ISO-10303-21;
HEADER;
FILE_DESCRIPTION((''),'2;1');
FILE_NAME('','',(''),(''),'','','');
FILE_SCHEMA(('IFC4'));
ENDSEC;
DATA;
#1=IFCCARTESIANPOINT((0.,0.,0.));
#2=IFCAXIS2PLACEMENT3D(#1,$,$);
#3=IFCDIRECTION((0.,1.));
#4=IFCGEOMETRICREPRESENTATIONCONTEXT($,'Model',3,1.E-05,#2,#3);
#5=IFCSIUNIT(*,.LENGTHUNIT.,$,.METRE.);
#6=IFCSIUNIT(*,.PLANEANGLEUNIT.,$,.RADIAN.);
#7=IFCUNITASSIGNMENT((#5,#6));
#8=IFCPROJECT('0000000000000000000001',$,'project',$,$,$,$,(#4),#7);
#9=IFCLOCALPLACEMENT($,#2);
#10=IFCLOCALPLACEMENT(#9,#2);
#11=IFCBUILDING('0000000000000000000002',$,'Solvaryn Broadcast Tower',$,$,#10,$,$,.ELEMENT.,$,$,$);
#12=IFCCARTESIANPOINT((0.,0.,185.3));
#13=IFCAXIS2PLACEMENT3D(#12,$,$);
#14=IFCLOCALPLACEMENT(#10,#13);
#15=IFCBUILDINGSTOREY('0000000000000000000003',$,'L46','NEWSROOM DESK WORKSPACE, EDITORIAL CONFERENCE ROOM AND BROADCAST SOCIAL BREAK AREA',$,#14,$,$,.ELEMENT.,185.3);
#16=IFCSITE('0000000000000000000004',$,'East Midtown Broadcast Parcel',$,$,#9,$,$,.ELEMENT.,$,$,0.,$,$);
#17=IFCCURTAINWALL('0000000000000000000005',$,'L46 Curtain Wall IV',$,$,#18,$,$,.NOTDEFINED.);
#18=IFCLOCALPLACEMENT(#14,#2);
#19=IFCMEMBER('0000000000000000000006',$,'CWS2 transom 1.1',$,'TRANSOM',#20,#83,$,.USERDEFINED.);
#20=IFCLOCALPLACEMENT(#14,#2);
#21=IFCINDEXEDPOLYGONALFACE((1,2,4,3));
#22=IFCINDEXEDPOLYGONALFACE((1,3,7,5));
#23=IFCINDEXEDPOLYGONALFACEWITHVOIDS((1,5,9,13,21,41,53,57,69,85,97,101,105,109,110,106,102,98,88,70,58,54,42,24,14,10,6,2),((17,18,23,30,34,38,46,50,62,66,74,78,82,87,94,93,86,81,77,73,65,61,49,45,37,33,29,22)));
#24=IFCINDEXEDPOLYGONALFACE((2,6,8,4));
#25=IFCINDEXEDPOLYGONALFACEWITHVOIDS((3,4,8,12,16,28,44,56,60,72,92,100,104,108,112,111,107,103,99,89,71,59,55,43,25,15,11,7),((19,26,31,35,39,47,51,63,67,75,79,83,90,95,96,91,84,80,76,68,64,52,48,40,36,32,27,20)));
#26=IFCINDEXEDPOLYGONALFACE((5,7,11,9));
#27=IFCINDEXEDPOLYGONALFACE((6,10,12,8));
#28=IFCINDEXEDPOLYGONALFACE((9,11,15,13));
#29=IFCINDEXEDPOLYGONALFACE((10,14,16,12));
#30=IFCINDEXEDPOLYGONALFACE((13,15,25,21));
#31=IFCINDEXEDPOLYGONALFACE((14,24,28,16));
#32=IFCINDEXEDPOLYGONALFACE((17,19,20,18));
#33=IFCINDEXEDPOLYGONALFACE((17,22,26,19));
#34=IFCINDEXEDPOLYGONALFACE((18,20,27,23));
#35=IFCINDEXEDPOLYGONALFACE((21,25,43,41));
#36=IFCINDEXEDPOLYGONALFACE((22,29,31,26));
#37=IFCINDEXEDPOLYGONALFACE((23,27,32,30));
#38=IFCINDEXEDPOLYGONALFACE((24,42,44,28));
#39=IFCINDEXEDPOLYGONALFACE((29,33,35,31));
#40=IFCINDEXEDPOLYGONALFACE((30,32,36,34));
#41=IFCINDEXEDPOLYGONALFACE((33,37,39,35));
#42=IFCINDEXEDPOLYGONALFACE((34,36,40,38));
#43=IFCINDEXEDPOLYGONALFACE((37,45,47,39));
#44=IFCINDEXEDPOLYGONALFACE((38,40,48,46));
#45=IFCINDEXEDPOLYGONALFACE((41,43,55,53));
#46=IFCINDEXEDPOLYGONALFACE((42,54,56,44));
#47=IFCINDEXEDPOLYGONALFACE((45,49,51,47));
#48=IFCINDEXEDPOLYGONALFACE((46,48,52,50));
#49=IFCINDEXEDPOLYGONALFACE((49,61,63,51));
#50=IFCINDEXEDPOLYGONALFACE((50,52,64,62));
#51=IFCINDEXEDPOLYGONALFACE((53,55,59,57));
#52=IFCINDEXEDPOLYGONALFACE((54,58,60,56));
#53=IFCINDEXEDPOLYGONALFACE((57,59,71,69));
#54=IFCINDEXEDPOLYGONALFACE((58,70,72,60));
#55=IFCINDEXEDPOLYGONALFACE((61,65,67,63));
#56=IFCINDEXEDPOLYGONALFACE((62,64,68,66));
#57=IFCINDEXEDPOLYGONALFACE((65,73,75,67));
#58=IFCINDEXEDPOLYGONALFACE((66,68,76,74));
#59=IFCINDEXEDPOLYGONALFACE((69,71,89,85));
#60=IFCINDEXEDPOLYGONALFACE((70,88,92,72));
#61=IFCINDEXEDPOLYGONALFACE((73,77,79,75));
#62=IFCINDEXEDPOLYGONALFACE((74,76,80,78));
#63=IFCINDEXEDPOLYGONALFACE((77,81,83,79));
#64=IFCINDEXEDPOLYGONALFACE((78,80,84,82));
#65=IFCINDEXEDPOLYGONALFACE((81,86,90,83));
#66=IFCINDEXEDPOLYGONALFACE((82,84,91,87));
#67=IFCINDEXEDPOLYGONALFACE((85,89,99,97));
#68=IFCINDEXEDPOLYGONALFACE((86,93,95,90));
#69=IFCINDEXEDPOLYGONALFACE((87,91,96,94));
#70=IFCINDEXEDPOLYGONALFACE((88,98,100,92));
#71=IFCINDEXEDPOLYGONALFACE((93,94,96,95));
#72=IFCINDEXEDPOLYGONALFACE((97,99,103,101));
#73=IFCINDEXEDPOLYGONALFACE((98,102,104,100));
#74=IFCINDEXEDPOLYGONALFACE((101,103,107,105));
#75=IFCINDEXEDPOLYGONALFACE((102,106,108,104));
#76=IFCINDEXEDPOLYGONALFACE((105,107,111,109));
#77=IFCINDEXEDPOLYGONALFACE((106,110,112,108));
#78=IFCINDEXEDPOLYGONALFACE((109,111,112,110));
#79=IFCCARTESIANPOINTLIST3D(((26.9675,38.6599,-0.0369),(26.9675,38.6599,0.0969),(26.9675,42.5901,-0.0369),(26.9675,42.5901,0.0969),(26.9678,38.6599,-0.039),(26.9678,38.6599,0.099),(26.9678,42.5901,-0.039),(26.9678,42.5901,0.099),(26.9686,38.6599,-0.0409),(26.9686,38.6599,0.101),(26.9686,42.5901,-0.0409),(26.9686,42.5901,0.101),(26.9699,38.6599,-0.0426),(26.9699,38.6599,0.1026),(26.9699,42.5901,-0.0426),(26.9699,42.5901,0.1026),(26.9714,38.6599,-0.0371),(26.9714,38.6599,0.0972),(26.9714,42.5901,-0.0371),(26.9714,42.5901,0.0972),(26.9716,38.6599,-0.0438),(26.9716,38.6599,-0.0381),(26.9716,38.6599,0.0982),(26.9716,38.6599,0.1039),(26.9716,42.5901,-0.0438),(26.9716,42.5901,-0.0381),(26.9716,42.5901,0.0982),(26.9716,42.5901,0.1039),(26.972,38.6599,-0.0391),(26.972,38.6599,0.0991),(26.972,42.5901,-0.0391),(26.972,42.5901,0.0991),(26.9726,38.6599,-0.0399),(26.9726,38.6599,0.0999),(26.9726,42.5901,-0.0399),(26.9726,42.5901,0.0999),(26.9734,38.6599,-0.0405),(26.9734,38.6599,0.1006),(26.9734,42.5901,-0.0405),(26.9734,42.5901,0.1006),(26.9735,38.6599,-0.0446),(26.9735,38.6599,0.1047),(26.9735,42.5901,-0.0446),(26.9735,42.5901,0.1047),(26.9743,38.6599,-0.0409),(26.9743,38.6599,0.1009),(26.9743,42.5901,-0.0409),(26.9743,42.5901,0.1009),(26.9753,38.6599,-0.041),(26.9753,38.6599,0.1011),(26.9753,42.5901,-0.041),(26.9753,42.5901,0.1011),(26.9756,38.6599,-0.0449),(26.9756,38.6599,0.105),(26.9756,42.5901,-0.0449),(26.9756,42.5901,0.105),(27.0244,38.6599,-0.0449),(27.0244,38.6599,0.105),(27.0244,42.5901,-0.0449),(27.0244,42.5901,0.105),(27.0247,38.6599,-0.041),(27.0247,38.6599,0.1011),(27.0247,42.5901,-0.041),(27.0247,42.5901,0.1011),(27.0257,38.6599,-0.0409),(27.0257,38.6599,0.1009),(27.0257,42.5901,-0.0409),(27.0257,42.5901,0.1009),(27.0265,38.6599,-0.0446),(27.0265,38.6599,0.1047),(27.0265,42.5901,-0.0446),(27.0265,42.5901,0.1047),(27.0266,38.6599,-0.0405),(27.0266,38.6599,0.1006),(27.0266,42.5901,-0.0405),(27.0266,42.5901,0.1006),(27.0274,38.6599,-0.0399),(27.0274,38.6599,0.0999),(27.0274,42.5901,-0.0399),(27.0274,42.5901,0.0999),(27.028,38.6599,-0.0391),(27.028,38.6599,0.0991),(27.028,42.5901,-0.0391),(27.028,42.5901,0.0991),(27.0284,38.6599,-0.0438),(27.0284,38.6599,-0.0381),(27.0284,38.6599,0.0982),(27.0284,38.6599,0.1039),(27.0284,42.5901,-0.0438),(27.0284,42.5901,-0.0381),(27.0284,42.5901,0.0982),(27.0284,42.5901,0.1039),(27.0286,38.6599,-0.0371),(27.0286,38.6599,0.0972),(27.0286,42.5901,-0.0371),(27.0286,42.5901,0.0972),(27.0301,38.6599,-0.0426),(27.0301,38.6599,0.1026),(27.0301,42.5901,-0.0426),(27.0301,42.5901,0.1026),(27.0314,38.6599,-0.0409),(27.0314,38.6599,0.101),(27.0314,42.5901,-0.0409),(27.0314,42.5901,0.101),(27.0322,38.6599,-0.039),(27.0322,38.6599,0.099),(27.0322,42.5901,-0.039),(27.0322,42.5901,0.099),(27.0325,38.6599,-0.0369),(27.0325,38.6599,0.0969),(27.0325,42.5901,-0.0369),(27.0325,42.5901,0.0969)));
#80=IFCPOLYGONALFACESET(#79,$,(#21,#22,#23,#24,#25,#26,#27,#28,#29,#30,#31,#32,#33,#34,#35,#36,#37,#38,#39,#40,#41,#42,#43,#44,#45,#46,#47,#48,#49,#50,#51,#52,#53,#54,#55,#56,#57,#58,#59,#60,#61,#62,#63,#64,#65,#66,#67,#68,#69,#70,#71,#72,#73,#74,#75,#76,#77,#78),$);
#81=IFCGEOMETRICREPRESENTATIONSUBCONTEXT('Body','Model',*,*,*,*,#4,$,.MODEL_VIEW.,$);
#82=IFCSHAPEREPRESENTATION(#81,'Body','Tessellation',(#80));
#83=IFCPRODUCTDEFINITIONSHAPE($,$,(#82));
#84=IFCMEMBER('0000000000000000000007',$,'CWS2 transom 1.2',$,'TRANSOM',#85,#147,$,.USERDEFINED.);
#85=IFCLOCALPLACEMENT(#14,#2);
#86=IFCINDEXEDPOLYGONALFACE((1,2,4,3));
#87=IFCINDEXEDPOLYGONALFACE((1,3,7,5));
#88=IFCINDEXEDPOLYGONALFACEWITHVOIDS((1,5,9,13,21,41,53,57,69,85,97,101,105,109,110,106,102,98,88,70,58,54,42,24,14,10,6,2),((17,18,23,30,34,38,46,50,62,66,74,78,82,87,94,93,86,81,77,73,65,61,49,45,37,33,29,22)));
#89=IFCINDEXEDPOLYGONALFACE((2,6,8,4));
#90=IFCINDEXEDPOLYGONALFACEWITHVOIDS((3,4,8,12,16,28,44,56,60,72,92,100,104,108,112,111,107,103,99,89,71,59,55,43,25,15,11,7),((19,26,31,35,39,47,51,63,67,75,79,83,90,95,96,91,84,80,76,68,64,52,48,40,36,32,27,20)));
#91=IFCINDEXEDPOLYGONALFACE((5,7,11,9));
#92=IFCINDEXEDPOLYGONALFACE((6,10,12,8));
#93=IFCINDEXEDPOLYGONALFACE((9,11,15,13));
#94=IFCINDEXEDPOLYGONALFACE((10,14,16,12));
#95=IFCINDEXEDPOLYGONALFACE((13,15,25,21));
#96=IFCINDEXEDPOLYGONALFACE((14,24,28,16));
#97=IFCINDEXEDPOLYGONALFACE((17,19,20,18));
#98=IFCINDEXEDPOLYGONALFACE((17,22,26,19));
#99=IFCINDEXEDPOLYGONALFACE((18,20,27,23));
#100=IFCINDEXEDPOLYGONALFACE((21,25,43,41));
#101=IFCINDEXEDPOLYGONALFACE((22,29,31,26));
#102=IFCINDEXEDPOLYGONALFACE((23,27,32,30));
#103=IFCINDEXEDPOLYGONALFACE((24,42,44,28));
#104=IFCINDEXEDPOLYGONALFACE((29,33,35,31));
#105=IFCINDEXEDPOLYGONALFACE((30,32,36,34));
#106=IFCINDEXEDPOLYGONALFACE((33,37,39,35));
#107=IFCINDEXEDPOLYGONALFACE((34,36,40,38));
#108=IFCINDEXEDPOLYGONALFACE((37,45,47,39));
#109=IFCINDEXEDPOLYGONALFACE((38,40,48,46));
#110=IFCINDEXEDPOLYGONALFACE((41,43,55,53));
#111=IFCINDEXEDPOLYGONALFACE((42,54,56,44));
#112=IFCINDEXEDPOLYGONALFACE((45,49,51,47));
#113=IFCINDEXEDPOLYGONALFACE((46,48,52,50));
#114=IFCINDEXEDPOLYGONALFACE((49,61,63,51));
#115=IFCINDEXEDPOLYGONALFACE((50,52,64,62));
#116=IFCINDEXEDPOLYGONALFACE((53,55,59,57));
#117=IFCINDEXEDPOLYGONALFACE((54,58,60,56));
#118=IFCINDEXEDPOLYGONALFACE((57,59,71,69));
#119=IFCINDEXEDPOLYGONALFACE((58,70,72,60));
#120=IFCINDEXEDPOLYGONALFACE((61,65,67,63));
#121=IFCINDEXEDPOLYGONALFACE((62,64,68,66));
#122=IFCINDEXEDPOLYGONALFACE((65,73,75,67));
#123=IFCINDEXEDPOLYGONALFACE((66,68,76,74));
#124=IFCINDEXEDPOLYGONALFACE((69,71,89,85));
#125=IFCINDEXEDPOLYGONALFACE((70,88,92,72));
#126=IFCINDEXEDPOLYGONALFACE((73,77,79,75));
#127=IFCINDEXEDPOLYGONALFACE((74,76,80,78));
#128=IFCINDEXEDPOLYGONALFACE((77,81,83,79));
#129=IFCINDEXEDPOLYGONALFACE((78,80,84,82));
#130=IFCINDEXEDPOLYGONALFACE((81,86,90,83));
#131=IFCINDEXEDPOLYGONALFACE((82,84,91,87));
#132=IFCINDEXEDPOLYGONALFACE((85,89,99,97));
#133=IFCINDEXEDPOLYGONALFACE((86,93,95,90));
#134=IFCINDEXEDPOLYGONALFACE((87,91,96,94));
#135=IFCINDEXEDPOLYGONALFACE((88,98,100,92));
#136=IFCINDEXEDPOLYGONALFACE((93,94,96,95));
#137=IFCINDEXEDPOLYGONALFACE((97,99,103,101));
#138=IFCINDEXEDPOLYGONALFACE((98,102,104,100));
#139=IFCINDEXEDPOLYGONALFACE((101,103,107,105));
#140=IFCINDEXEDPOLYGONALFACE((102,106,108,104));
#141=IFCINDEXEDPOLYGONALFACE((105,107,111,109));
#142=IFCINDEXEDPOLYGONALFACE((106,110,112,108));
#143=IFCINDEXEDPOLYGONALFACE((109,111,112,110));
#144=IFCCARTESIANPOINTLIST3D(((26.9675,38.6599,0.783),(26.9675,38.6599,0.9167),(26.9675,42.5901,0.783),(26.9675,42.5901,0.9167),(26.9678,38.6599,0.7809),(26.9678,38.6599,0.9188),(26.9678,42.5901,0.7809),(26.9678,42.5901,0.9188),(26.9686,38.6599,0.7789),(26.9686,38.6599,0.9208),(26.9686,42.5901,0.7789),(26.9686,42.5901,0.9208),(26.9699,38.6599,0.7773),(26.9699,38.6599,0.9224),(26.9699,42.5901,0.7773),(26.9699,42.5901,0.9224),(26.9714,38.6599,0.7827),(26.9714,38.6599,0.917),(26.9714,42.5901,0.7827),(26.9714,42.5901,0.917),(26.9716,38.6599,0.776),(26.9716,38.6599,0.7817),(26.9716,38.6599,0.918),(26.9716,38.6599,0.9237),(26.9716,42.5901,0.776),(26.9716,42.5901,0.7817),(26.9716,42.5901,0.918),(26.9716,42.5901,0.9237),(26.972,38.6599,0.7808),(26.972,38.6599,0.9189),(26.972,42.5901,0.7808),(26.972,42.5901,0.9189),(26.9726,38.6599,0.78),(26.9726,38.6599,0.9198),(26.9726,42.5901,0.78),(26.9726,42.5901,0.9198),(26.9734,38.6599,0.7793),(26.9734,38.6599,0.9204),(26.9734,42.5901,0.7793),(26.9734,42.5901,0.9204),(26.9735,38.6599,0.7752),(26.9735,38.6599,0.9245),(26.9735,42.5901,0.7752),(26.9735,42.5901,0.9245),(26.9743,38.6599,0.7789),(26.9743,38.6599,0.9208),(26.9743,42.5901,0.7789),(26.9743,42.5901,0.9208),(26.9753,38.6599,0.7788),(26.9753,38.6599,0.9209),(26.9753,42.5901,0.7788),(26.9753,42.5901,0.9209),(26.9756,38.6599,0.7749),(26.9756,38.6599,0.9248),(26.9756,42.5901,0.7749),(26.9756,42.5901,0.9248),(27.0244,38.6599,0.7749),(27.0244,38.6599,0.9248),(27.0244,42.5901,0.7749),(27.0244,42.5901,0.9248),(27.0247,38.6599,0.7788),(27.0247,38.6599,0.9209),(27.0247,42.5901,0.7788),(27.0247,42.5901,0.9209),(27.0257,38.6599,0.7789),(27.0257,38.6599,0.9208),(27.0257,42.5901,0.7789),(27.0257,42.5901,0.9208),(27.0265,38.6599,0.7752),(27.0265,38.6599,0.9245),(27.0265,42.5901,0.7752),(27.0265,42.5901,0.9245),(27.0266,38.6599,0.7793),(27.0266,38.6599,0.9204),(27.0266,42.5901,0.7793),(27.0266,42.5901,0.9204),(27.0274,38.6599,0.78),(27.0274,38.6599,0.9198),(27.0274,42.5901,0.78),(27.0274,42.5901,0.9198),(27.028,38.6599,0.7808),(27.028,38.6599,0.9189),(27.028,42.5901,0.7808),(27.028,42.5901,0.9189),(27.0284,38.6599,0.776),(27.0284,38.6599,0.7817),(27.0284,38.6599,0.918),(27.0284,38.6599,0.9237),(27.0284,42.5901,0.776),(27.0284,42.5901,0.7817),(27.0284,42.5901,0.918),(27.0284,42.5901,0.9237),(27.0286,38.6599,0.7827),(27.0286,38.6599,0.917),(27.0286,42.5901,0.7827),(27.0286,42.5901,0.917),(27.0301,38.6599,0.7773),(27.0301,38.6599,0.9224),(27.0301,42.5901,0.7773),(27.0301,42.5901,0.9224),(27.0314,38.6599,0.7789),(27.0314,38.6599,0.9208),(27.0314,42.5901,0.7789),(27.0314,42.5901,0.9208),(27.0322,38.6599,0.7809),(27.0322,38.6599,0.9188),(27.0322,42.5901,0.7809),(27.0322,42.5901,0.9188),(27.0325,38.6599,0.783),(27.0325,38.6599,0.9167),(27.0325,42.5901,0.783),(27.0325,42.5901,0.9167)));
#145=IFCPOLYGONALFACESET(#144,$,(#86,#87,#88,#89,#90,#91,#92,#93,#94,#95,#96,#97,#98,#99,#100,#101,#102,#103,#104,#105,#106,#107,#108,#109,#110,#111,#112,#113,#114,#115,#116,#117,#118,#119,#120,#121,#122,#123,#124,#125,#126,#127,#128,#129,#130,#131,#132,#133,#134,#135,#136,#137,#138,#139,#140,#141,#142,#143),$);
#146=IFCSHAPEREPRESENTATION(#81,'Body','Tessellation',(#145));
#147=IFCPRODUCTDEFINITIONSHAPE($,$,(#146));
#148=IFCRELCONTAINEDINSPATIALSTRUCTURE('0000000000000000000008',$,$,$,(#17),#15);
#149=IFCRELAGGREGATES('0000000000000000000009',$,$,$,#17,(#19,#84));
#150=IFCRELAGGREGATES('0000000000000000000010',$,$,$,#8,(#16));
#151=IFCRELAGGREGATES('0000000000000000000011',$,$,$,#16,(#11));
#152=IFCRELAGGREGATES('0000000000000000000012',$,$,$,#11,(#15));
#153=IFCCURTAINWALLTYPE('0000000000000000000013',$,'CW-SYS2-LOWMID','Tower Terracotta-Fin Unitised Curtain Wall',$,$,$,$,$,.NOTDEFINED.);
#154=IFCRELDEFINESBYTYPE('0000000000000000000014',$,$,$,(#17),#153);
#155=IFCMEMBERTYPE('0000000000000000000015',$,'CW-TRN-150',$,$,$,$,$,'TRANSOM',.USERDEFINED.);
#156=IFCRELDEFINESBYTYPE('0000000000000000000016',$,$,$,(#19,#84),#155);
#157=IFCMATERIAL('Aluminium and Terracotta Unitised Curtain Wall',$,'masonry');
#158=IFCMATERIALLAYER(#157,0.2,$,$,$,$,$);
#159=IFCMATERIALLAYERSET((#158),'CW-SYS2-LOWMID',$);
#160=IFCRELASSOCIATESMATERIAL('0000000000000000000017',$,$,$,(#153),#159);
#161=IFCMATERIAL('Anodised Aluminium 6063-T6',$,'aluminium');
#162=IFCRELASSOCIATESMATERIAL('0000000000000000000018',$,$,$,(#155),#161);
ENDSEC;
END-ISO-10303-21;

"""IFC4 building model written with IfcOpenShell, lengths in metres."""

from ifc_helpers import new_model, si_unit, direction, frame, origin, origin_2d, place, context, subcontext, project, spatial, hollow_rectangle, extrude, material, layer, layer_set, material_profile, profile_set, type_object, element, aggregate, save


model = new_model("IFC4")

# Units and contexts
model_context = context("Model", 3, precision=1e-05, world=origin(), true_north=direction((0.0, 1.0)))
body_context = subcontext(model_context, "Body", "Model", "MODEL_VIEW")
ifc_project = project(units=[si_unit("LENGTHUNIT", "METRE"), si_unit("PLANEANGLEUNIT", "RADIAN")], contexts=[model_context])

# Site, building, storey
site_placement = place(None, origin())
site = spatial("IfcSite", under=ifc_project, at=site_placement, Name="East Midtown Broadcast Parcel", CompositionType="ELEMENT", RefElevation=0.0)
building_placement = place(site_placement, origin())
building = spatial("IfcBuilding", under=site, at=building_placement, Name="Solvaryn Broadcast Tower", CompositionType="ELEMENT")
storey_placement = place(building_placement, frame((0.0, 0.0, 185.3)))
storey = spatial("IfcBuildingStorey", under=building, at=storey_placement, Name="L46", Description="NEWSROOM DESK WORKSPACE, EDITORIAL CONFERENCE ROOM AND BROADCAST SOCIAL BREAK AREA", CompositionType="ELEMENT", Elevation=185.3)

# Curtain wall
ifc_material_1 = material(Name="Aluminium and Terracotta Unitised Curtain Wall", Category="masonry")
ifc_layer_1 = layer(ifc_material_1, 0.2)
ifc_layer_set_1 = layer_set([ifc_layer_1], Name="CW-SYS2-LOWMID")
curtain_wall_type = type_object("IfcCurtainWallType", Name="CW-SYS2-LOWMID", Description="Tower Terracotta-Fin Unitised Curtain Wall", PredefinedType="NOTDEFINED", material=ifc_layer_set_1)
curtain_wall_1_placement = place(storey_placement, origin())
curtain_wall_1 = element("IfcCurtainWall", 1, at=curtain_wall_1_placement, inside=storey, type_object=curtain_wall_type, Name="L46 Curtain Wall IV", PredefinedType="NOTDEFINED")

# Members
ifc_material_2 = material(Name="Anodised Aluminium 6063-T6", Category="aluminium")
ifc_material_profile_1 = material_profile(ifc_material_2, hollow_rectangle(XDim=0.0649, YDim=0.1499, WallThickness=0.0039, InnerFilletRadius=0.0039, OuterFilletRadius=0.0081, at=origin_2d()))
ifc_profile_set_1 = profile_set([ifc_material_profile_1], Name="Anodised Aluminium 6063-T6")
member_type_1 = type_object("IfcMemberType", Name="CW-TRN-150", ElementType="TRANSOM", PredefinedType="USERDEFINED", material=ifc_profile_set_1)
member_1_placement = place(storey_placement, frame((27.0, 42.5901, 0.03), z_axis=(0.0, -1.0, 0.0), x_axis=(1.0, 0.0, 0.0)))
member_1 = element("IfcMember", 2, at=member_1_placement, type_object=member_type_1, Name="CWS2 transom 1.1", ObjectType="TRANSOM", PredefinedType="USERDEFINED", context=body_context, shape_type="SweptSolid", body=[
    extrude(hollow_rectangle(XDim=0.0649, YDim=0.1499, WallThickness=0.0039, InnerFilletRadius=0.0039, OuterFilletRadius=0.0081, at=origin_2d()), origin(), (0.0, 0.0, 1.0), 3.9302),
])
member_2_placement = place(storey_placement, frame((27.0, 42.5901, 0.8499), z_axis=(0.0, -1.0, 0.0), x_axis=(1.0, 0.0, 0.0)))
member_2 = element("IfcMember", 3, at=member_2_placement, type_object=member_type_1, Name="CWS2 transom 1.2", ObjectType="TRANSOM", PredefinedType="USERDEFINED", context=body_context, shape_type="SweptSolid", body=[
    extrude(hollow_rectangle(XDim=0.0649, YDim=0.1499, WallThickness=0.0039, InnerFilletRadius=0.0039, OuterFilletRadius=0.0081, at=origin_2d()), origin(), (0.0, 0.0, 1.0), 3.9302),
])

aggregate(curtain_wall_1, [member_1, member_2])

save(model, "model.ifc")
